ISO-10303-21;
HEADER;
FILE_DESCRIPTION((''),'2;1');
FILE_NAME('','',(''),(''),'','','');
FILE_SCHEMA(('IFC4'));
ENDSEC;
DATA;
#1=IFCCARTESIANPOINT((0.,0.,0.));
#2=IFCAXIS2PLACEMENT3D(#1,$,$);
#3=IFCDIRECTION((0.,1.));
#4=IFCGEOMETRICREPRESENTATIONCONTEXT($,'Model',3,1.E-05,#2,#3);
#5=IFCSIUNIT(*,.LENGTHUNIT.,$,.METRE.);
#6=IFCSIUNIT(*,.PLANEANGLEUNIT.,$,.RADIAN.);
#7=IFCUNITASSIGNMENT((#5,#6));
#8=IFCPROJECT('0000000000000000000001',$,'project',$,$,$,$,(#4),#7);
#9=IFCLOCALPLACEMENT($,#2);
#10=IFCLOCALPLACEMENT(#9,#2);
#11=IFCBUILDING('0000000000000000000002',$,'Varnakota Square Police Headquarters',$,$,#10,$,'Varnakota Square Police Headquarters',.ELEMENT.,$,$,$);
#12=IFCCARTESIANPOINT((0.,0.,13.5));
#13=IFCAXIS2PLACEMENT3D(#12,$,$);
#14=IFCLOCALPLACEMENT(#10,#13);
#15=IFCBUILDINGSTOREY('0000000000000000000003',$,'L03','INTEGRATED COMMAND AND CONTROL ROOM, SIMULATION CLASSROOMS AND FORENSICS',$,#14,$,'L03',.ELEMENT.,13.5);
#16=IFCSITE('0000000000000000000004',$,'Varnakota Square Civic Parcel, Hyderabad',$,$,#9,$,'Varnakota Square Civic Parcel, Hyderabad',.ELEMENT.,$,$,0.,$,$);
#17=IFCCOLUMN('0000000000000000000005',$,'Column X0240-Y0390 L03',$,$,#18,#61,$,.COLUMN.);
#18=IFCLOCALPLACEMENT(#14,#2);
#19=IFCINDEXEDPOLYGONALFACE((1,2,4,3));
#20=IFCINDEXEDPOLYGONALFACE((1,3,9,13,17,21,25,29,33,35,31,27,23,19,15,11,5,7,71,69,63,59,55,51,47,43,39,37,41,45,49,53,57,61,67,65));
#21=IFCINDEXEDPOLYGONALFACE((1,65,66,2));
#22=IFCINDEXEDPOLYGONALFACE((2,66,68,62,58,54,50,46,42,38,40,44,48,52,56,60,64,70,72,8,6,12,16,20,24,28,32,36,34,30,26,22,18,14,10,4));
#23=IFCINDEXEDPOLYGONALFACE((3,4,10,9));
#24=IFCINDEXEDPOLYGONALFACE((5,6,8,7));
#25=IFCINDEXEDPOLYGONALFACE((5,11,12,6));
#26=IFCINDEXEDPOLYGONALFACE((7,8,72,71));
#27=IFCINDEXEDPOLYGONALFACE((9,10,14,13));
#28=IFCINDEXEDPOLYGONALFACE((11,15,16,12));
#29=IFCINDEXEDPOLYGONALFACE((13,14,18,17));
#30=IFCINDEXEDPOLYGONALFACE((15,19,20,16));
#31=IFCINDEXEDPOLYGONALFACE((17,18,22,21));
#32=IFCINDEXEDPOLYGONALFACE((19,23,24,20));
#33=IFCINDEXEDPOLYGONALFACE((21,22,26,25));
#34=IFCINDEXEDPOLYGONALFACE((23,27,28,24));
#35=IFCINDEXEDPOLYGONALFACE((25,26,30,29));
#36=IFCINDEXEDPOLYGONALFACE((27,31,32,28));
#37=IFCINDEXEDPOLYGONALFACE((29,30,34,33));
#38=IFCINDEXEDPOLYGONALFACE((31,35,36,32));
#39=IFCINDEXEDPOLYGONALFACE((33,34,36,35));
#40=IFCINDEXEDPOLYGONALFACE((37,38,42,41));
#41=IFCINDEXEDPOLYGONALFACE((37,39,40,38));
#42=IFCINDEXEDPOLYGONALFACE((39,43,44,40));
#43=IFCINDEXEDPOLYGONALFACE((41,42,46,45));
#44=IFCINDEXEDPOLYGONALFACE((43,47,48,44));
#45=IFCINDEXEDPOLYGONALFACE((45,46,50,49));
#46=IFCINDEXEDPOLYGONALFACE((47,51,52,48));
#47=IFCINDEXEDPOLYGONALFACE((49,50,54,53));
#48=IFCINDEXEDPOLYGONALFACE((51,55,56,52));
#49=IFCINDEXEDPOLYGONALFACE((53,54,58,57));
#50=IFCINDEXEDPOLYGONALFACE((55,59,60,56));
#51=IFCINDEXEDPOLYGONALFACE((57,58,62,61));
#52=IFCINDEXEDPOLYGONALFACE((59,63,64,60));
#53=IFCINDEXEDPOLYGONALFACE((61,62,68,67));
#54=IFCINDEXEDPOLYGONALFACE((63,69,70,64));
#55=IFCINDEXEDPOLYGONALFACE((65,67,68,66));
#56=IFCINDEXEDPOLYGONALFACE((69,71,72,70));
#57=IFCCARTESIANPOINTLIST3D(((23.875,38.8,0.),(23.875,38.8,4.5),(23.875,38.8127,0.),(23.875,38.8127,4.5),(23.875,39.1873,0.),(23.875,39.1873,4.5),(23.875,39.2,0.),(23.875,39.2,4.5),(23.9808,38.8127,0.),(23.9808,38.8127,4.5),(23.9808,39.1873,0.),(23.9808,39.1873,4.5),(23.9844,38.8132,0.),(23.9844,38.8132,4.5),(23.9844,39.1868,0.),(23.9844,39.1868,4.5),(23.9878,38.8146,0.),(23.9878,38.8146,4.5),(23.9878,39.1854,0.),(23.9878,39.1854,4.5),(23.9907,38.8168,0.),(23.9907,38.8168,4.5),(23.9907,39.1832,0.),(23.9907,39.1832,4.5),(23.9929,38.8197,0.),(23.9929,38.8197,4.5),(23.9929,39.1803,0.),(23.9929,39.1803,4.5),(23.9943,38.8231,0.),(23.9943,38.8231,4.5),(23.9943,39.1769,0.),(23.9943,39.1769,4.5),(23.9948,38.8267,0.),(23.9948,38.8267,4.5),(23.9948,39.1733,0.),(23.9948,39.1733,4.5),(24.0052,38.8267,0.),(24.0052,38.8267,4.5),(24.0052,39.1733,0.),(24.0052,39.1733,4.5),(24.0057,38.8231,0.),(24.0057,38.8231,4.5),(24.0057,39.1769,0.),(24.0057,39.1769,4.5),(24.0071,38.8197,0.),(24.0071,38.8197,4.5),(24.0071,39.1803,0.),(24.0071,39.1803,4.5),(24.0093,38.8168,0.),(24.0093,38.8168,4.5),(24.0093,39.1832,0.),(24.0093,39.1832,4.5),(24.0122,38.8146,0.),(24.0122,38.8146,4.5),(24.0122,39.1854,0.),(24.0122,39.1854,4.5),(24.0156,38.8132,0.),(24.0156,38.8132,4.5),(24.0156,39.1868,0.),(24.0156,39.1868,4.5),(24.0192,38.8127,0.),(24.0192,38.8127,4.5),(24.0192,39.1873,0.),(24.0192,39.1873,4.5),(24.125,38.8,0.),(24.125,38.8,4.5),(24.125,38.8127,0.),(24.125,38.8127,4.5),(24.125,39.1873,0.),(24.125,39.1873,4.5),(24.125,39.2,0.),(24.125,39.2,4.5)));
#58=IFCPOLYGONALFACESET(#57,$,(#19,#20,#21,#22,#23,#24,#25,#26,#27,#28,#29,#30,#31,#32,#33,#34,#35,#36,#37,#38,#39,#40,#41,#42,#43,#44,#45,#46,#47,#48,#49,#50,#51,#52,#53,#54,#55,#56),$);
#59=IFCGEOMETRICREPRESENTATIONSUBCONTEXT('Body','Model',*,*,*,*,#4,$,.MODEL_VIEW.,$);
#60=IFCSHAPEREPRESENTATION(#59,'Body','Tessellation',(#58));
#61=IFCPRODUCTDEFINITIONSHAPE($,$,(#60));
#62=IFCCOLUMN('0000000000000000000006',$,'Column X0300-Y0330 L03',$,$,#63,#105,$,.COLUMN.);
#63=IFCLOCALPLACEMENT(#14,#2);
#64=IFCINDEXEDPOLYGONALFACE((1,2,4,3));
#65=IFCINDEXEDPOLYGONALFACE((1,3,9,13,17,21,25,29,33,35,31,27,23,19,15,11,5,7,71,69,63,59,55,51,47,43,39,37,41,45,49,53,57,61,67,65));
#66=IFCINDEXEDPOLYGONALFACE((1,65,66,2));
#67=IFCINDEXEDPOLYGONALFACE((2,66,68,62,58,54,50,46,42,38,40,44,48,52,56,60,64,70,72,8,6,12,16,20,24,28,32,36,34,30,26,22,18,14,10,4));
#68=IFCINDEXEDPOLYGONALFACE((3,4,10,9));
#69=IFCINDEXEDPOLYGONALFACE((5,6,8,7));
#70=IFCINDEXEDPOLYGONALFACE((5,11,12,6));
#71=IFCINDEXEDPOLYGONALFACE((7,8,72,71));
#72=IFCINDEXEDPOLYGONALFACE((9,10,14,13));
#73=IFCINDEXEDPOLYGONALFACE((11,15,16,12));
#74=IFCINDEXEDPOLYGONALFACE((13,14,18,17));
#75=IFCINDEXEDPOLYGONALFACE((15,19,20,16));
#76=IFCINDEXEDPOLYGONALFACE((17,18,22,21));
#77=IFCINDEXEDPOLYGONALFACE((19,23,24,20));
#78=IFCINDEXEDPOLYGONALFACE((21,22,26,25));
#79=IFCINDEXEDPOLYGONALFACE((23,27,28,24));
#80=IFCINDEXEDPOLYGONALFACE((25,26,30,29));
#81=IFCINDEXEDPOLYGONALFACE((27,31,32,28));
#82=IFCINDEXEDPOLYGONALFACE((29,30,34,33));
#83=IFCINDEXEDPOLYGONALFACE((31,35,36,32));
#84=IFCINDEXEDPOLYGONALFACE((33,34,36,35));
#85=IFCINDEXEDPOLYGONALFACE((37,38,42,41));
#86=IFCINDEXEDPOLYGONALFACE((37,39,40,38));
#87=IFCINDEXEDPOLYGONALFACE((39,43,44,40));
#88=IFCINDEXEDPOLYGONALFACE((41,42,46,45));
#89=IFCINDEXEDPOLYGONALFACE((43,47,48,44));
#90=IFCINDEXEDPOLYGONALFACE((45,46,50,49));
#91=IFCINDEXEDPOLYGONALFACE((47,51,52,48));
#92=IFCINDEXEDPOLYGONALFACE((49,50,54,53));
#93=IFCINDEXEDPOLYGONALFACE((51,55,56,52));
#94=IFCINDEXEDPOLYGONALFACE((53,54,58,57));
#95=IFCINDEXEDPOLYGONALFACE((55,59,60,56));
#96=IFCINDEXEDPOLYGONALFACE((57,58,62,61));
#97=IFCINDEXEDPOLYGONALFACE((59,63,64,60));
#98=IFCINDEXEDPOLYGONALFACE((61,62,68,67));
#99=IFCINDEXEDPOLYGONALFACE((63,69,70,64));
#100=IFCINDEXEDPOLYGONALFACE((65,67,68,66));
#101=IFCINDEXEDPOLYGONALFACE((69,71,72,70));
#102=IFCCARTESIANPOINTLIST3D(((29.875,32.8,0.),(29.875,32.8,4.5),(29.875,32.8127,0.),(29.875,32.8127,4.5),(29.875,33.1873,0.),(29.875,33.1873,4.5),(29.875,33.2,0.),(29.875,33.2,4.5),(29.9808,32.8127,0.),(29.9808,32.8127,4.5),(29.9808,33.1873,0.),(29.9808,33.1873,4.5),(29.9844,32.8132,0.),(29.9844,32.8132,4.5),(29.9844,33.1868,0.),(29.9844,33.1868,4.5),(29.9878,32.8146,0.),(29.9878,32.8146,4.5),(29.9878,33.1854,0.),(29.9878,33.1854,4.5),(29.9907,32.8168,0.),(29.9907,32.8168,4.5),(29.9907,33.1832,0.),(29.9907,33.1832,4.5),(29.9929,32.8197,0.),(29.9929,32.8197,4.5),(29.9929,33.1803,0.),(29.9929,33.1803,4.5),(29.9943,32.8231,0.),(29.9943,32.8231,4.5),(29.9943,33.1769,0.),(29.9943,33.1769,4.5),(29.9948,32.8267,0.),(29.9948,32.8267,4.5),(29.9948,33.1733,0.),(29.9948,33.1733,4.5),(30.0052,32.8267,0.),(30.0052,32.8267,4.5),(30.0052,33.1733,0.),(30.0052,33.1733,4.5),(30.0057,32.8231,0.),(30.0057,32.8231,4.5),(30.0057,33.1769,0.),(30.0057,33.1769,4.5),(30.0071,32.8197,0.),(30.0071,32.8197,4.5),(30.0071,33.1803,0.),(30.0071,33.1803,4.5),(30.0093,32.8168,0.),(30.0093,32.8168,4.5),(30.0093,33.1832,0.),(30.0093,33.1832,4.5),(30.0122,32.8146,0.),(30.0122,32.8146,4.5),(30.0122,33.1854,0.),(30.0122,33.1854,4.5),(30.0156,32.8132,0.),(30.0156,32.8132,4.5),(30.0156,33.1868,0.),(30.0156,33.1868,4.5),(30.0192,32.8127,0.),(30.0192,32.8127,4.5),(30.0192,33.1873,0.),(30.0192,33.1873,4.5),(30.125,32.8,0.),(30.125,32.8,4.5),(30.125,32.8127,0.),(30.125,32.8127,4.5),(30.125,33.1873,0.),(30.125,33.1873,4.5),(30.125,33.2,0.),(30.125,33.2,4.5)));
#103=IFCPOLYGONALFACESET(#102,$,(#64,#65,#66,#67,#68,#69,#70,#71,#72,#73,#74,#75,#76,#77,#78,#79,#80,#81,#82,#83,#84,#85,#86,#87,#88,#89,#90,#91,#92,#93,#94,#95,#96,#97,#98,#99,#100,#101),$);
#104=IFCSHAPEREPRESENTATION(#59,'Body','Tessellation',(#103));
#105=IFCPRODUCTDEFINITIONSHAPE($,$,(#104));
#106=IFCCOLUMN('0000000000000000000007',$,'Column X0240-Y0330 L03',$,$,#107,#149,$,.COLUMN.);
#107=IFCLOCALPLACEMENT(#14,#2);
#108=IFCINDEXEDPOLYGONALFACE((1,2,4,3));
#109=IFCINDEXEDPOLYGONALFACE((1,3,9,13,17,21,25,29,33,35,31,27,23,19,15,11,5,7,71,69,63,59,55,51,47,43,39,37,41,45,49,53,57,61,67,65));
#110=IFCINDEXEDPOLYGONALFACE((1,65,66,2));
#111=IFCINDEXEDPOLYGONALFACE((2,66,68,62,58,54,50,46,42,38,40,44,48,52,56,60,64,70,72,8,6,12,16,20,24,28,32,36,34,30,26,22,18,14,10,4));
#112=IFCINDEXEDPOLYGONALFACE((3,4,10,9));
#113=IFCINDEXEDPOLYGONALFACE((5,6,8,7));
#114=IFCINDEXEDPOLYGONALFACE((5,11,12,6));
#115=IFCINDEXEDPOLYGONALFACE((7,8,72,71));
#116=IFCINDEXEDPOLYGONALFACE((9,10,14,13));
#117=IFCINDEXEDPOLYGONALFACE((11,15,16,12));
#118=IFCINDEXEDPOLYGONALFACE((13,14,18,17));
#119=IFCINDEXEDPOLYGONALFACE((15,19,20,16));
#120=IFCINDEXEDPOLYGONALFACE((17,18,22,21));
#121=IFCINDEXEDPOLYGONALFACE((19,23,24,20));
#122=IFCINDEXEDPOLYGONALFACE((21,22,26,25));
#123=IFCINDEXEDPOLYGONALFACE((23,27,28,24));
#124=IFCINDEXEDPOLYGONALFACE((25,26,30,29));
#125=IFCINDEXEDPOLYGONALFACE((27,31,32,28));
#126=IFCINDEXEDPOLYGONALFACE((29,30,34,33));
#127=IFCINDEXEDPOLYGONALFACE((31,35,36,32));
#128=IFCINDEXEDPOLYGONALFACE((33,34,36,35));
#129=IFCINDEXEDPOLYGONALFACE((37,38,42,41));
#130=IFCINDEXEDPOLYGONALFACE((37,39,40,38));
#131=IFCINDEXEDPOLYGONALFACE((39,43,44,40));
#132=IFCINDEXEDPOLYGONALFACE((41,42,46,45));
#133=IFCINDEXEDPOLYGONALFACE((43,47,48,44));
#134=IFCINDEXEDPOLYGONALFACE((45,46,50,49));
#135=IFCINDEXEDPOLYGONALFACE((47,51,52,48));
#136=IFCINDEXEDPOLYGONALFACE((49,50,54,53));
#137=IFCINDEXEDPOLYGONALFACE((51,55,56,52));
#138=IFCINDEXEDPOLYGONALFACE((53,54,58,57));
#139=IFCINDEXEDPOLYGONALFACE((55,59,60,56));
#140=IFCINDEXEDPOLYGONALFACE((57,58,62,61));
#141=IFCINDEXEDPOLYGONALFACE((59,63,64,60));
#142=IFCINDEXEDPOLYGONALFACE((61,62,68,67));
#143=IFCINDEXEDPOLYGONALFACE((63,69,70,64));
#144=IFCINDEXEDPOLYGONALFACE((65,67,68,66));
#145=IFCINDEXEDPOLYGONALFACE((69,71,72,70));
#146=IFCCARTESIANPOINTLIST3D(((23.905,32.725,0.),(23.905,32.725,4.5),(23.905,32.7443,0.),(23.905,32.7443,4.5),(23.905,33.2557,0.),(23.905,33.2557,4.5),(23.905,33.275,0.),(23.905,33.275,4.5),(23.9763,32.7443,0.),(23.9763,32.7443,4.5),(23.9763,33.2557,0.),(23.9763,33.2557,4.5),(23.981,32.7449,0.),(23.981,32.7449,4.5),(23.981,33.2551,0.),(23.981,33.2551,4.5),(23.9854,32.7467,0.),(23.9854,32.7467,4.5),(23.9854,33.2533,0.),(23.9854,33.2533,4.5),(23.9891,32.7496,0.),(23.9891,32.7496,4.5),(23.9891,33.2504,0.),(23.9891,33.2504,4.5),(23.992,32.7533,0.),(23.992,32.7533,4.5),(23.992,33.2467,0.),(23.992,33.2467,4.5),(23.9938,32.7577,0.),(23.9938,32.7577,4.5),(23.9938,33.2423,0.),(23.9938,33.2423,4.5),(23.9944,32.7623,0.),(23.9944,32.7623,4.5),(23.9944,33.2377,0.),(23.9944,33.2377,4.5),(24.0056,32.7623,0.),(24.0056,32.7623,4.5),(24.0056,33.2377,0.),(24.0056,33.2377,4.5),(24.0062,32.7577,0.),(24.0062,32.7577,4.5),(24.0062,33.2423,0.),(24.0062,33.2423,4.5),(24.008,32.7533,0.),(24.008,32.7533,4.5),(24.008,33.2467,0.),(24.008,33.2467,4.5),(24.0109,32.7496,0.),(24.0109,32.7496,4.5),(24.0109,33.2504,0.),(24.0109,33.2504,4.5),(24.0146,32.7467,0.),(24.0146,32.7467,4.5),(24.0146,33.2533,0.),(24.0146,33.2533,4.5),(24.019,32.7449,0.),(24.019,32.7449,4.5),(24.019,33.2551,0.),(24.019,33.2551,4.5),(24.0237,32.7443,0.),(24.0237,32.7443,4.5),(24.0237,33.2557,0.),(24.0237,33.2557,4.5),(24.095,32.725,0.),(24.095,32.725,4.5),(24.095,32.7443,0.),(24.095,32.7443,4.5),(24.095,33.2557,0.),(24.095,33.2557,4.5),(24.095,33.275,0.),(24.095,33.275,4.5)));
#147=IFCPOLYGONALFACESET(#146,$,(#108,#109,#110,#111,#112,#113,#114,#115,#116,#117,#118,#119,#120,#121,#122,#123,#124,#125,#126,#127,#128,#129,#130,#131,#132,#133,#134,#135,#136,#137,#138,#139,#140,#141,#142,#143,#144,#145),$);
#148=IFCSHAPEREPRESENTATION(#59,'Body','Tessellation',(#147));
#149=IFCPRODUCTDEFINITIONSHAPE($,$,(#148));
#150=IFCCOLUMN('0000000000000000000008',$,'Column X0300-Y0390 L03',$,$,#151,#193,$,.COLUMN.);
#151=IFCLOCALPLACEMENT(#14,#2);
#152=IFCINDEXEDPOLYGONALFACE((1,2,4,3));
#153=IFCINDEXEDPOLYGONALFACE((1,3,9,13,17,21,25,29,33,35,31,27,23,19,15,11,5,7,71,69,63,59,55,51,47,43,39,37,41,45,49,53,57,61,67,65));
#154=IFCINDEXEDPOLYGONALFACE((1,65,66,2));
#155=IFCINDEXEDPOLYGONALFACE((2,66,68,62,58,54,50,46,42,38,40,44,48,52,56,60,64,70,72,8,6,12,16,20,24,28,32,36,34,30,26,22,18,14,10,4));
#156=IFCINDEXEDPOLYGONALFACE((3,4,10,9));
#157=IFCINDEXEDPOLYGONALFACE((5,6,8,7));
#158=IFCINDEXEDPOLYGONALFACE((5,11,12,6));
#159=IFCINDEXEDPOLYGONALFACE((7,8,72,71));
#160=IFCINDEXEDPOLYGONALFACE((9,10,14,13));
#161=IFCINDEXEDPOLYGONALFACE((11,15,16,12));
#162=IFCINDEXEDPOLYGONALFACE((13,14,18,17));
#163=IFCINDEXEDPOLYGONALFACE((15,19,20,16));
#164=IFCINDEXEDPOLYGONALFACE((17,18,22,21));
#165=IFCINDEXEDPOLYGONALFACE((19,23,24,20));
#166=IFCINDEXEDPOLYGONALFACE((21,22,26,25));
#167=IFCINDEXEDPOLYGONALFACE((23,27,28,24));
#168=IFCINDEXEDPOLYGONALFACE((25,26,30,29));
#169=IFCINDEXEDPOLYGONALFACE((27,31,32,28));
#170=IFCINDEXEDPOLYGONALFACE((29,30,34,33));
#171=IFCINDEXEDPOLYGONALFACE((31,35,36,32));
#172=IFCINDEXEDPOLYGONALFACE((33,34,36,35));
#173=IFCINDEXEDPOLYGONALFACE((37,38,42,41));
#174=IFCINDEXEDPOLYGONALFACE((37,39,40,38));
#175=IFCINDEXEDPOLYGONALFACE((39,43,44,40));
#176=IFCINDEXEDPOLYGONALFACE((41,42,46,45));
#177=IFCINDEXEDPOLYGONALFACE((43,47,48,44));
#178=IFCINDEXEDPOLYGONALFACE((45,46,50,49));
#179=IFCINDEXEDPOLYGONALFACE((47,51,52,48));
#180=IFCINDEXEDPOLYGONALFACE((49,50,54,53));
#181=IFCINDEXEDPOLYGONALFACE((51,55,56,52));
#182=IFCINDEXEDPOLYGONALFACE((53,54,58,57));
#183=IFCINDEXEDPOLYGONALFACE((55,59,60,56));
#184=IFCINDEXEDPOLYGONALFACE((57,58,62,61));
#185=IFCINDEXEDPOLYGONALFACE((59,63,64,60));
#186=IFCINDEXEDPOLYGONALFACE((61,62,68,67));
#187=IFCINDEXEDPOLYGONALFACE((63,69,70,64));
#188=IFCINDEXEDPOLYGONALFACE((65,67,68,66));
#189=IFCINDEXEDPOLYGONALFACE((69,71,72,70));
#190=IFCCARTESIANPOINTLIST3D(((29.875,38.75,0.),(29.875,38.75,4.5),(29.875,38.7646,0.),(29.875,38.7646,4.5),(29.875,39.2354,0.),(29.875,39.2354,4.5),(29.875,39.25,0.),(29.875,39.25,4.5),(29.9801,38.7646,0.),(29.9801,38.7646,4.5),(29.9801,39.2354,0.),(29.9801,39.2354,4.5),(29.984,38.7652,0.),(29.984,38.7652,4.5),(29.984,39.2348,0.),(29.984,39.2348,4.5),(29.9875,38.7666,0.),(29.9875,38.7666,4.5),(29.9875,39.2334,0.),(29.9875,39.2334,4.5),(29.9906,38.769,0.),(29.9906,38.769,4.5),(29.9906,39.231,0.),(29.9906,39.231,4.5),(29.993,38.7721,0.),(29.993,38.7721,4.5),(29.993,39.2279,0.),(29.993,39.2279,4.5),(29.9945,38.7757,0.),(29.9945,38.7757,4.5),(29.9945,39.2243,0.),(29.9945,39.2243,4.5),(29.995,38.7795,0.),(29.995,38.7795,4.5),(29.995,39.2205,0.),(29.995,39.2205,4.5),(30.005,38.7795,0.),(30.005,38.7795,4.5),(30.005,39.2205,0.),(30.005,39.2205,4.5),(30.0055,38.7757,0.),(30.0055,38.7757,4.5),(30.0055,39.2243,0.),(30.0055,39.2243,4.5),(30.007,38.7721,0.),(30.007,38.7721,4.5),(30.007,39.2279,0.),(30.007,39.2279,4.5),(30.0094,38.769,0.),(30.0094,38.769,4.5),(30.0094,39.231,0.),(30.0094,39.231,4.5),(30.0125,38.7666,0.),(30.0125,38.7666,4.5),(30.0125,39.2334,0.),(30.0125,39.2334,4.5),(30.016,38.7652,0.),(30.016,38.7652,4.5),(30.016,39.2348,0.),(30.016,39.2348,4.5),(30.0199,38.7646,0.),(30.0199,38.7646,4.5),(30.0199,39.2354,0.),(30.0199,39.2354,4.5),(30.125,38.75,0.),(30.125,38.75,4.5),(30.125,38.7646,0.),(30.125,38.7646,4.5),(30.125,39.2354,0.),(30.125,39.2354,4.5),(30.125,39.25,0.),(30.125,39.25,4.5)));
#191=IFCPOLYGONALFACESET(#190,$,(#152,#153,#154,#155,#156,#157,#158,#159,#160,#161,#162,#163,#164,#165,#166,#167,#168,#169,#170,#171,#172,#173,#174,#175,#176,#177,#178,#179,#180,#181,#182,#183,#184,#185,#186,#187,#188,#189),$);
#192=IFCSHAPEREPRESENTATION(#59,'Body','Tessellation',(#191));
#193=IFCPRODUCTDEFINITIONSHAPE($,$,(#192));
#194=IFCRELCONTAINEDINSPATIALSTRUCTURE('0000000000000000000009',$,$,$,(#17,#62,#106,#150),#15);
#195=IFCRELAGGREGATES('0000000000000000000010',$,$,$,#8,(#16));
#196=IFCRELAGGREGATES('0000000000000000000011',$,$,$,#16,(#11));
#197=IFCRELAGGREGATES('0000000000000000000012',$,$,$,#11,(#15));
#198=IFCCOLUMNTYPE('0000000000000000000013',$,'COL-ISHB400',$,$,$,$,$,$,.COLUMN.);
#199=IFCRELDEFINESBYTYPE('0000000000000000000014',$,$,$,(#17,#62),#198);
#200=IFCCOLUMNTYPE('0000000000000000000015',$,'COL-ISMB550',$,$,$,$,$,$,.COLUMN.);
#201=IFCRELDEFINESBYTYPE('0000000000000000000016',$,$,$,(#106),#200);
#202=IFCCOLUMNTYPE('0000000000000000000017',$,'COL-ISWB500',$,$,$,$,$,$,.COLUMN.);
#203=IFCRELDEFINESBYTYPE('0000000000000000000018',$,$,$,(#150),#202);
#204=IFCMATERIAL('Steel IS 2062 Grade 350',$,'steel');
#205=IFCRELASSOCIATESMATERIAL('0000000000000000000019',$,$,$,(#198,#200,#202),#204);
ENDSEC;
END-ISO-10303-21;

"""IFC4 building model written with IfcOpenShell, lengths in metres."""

from ifc_helpers import new_model, si_unit, direction, frame, origin, origin_2d, place, context, subcontext, project, spatial, i_section, extrude, material, material_profile, profile_set, type_object, element, save


model = new_model("IFC4")

# Units and contexts
model_context = context("Model", 3, precision=1e-05, world=origin(), true_north=direction((0.0, 1.0)))
body_context = subcontext(model_context, "Body", "Model", "MODEL_VIEW")
ifc_project = project(units=[si_unit("LENGTHUNIT", "METRE"), si_unit("PLANEANGLEUNIT", "RADIAN")], contexts=[model_context])

# Site, building, storey
site_placement = place(None, origin())
site = spatial("IfcSite", under=ifc_project, at=site_placement, Name="Varnakota Square Civic Parcel, Hyderabad", LongName="Varnakota Square Civic Parcel, Hyderabad", CompositionType="ELEMENT", RefElevation=0.0)
building_placement = place(site_placement, origin())
building = spatial("IfcBuilding", under=site, at=building_placement, Name="Varnakota Square Police Headquarters", LongName="Varnakota Square Police Headquarters", CompositionType="ELEMENT")
storey_placement = place(building_placement, frame((0.0, 0.0, 13.5)))
storey = spatial("IfcBuildingStorey", under=building, at=storey_placement, Name="L03", Description="INTEGRATED COMMAND AND CONTROL ROOM, SIMULATION CLASSROOMS AND FORENSICS", LongName="L03", CompositionType="ELEMENT", Elevation=13.5)

# Columns
ifc_material_1 = material(Name="Steel IS 2062 Grade 350", Category="steel")
ifc_material_profile_1 = material_profile(ifc_material_1, i_section(OverallWidth=0.25, OverallDepth=0.3999, WebThickness=0.0105, FlangeThickness=0.0127, FilletRadius=0.0139, at=origin_2d()), Name="ISHB 400")
ifc_profile_set_1 = profile_set([ifc_material_profile_1], Name="Steel IS 2062 Grade 350")
column_type_1 = type_object("IfcColumnType", Name="COL-ISHB400", PredefinedType="COLUMN", material=ifc_profile_set_1)
for number, where, z_axis, x_axis, name in (
    (1, (24.0, 39.0, 0.0), (0.0, 0.0, 1.0), (1.0, 0.0, 0.0), "Column X0240-Y0390 L03"),
    (2, (30.0, 33.0, 0.0), (0.0, 0.0, 1.0), (1.0, 0.0, 0.0), "Column X0300-Y0330 L03"),
):
    element("IfcColumn", number, at=place(storey_placement, frame(where, z_axis=z_axis, x_axis=x_axis)), inside=storey, type_object=column_type_1, Name=name, PredefinedType="COLUMN", context=body_context, shape_type="SweptSolid", body=[
        extrude(i_section(OverallWidth=0.25, OverallDepth=0.3999, WebThickness=0.0105, FlangeThickness=0.0127, FilletRadius=0.0139, at=origin_2d()), origin(), (0.0, 0.0, 1.0), 4.5),
    ])
ifc_material_profile_2 = material_profile(ifc_material_1, i_section(OverallWidth=0.1899, OverallDepth=0.55, WebThickness=0.0112, FlangeThickness=0.0193, FilletRadius=0.0181, at=origin_2d()), Name="ISMB 550")
ifc_profile_set_2 = profile_set([ifc_material_profile_2], Name="Steel IS 2062 Grade 350")
column_type_2 = type_object("IfcColumnType", Name="COL-ISMB550", PredefinedType="COLUMN", material=ifc_profile_set_2)
column_1_placement = place(storey_placement, frame((24.0, 33.0, 0.0), z_axis=(0.0, 0.0, 1.0), x_axis=(1.0, 0.0, 0.0)))
element("IfcColumn", 3, at=column_1_placement, inside=storey, type_object=column_type_2, Name="Column X0240-Y0330 L03", PredefinedType="COLUMN", context=body_context, shape_type="SweptSolid", body=[
    extrude(i_section(OverallWidth=0.1899, OverallDepth=0.55, WebThickness=0.0112, FlangeThickness=0.0193, FilletRadius=0.0181, at=origin_2d()), origin(), (0.0, 0.0, 1.0), 4.5),
])
ifc_material_profile_3 = material_profile(ifc_material_1, i_section(OverallWidth=0.25, OverallDepth=0.5, WebThickness=0.01, FlangeThickness=0.0146, FilletRadius=0.0149, at=origin_2d()), Name="ISWB 500")
ifc_profile_set_3 = profile_set([ifc_material_profile_3], Name="Steel IS 2062 Grade 350")
column_type_3 = type_object("IfcColumnType", Name="COL-ISWB500", PredefinedType="COLUMN", material=ifc_profile_set_3)
column_2_placement = place(storey_placement, frame((30.0, 39.0, 0.0), z_axis=(0.0, 0.0, 1.0), x_axis=(1.0, 0.0, 0.0)))
element("IfcColumn", 4, at=column_2_placement, inside=storey, type_object=column_type_3, Name="Column X0300-Y0390 L03", PredefinedType="COLUMN", context=body_context, shape_type="SweptSolid", body=[
    extrude(i_section(OverallWidth=0.25, OverallDepth=0.5, WebThickness=0.01, FlangeThickness=0.0146, FilletRadius=0.0149, at=origin_2d()), origin(), (0.0, 0.0, 1.0), 4.5),
])

save(model, "model.ifc")
